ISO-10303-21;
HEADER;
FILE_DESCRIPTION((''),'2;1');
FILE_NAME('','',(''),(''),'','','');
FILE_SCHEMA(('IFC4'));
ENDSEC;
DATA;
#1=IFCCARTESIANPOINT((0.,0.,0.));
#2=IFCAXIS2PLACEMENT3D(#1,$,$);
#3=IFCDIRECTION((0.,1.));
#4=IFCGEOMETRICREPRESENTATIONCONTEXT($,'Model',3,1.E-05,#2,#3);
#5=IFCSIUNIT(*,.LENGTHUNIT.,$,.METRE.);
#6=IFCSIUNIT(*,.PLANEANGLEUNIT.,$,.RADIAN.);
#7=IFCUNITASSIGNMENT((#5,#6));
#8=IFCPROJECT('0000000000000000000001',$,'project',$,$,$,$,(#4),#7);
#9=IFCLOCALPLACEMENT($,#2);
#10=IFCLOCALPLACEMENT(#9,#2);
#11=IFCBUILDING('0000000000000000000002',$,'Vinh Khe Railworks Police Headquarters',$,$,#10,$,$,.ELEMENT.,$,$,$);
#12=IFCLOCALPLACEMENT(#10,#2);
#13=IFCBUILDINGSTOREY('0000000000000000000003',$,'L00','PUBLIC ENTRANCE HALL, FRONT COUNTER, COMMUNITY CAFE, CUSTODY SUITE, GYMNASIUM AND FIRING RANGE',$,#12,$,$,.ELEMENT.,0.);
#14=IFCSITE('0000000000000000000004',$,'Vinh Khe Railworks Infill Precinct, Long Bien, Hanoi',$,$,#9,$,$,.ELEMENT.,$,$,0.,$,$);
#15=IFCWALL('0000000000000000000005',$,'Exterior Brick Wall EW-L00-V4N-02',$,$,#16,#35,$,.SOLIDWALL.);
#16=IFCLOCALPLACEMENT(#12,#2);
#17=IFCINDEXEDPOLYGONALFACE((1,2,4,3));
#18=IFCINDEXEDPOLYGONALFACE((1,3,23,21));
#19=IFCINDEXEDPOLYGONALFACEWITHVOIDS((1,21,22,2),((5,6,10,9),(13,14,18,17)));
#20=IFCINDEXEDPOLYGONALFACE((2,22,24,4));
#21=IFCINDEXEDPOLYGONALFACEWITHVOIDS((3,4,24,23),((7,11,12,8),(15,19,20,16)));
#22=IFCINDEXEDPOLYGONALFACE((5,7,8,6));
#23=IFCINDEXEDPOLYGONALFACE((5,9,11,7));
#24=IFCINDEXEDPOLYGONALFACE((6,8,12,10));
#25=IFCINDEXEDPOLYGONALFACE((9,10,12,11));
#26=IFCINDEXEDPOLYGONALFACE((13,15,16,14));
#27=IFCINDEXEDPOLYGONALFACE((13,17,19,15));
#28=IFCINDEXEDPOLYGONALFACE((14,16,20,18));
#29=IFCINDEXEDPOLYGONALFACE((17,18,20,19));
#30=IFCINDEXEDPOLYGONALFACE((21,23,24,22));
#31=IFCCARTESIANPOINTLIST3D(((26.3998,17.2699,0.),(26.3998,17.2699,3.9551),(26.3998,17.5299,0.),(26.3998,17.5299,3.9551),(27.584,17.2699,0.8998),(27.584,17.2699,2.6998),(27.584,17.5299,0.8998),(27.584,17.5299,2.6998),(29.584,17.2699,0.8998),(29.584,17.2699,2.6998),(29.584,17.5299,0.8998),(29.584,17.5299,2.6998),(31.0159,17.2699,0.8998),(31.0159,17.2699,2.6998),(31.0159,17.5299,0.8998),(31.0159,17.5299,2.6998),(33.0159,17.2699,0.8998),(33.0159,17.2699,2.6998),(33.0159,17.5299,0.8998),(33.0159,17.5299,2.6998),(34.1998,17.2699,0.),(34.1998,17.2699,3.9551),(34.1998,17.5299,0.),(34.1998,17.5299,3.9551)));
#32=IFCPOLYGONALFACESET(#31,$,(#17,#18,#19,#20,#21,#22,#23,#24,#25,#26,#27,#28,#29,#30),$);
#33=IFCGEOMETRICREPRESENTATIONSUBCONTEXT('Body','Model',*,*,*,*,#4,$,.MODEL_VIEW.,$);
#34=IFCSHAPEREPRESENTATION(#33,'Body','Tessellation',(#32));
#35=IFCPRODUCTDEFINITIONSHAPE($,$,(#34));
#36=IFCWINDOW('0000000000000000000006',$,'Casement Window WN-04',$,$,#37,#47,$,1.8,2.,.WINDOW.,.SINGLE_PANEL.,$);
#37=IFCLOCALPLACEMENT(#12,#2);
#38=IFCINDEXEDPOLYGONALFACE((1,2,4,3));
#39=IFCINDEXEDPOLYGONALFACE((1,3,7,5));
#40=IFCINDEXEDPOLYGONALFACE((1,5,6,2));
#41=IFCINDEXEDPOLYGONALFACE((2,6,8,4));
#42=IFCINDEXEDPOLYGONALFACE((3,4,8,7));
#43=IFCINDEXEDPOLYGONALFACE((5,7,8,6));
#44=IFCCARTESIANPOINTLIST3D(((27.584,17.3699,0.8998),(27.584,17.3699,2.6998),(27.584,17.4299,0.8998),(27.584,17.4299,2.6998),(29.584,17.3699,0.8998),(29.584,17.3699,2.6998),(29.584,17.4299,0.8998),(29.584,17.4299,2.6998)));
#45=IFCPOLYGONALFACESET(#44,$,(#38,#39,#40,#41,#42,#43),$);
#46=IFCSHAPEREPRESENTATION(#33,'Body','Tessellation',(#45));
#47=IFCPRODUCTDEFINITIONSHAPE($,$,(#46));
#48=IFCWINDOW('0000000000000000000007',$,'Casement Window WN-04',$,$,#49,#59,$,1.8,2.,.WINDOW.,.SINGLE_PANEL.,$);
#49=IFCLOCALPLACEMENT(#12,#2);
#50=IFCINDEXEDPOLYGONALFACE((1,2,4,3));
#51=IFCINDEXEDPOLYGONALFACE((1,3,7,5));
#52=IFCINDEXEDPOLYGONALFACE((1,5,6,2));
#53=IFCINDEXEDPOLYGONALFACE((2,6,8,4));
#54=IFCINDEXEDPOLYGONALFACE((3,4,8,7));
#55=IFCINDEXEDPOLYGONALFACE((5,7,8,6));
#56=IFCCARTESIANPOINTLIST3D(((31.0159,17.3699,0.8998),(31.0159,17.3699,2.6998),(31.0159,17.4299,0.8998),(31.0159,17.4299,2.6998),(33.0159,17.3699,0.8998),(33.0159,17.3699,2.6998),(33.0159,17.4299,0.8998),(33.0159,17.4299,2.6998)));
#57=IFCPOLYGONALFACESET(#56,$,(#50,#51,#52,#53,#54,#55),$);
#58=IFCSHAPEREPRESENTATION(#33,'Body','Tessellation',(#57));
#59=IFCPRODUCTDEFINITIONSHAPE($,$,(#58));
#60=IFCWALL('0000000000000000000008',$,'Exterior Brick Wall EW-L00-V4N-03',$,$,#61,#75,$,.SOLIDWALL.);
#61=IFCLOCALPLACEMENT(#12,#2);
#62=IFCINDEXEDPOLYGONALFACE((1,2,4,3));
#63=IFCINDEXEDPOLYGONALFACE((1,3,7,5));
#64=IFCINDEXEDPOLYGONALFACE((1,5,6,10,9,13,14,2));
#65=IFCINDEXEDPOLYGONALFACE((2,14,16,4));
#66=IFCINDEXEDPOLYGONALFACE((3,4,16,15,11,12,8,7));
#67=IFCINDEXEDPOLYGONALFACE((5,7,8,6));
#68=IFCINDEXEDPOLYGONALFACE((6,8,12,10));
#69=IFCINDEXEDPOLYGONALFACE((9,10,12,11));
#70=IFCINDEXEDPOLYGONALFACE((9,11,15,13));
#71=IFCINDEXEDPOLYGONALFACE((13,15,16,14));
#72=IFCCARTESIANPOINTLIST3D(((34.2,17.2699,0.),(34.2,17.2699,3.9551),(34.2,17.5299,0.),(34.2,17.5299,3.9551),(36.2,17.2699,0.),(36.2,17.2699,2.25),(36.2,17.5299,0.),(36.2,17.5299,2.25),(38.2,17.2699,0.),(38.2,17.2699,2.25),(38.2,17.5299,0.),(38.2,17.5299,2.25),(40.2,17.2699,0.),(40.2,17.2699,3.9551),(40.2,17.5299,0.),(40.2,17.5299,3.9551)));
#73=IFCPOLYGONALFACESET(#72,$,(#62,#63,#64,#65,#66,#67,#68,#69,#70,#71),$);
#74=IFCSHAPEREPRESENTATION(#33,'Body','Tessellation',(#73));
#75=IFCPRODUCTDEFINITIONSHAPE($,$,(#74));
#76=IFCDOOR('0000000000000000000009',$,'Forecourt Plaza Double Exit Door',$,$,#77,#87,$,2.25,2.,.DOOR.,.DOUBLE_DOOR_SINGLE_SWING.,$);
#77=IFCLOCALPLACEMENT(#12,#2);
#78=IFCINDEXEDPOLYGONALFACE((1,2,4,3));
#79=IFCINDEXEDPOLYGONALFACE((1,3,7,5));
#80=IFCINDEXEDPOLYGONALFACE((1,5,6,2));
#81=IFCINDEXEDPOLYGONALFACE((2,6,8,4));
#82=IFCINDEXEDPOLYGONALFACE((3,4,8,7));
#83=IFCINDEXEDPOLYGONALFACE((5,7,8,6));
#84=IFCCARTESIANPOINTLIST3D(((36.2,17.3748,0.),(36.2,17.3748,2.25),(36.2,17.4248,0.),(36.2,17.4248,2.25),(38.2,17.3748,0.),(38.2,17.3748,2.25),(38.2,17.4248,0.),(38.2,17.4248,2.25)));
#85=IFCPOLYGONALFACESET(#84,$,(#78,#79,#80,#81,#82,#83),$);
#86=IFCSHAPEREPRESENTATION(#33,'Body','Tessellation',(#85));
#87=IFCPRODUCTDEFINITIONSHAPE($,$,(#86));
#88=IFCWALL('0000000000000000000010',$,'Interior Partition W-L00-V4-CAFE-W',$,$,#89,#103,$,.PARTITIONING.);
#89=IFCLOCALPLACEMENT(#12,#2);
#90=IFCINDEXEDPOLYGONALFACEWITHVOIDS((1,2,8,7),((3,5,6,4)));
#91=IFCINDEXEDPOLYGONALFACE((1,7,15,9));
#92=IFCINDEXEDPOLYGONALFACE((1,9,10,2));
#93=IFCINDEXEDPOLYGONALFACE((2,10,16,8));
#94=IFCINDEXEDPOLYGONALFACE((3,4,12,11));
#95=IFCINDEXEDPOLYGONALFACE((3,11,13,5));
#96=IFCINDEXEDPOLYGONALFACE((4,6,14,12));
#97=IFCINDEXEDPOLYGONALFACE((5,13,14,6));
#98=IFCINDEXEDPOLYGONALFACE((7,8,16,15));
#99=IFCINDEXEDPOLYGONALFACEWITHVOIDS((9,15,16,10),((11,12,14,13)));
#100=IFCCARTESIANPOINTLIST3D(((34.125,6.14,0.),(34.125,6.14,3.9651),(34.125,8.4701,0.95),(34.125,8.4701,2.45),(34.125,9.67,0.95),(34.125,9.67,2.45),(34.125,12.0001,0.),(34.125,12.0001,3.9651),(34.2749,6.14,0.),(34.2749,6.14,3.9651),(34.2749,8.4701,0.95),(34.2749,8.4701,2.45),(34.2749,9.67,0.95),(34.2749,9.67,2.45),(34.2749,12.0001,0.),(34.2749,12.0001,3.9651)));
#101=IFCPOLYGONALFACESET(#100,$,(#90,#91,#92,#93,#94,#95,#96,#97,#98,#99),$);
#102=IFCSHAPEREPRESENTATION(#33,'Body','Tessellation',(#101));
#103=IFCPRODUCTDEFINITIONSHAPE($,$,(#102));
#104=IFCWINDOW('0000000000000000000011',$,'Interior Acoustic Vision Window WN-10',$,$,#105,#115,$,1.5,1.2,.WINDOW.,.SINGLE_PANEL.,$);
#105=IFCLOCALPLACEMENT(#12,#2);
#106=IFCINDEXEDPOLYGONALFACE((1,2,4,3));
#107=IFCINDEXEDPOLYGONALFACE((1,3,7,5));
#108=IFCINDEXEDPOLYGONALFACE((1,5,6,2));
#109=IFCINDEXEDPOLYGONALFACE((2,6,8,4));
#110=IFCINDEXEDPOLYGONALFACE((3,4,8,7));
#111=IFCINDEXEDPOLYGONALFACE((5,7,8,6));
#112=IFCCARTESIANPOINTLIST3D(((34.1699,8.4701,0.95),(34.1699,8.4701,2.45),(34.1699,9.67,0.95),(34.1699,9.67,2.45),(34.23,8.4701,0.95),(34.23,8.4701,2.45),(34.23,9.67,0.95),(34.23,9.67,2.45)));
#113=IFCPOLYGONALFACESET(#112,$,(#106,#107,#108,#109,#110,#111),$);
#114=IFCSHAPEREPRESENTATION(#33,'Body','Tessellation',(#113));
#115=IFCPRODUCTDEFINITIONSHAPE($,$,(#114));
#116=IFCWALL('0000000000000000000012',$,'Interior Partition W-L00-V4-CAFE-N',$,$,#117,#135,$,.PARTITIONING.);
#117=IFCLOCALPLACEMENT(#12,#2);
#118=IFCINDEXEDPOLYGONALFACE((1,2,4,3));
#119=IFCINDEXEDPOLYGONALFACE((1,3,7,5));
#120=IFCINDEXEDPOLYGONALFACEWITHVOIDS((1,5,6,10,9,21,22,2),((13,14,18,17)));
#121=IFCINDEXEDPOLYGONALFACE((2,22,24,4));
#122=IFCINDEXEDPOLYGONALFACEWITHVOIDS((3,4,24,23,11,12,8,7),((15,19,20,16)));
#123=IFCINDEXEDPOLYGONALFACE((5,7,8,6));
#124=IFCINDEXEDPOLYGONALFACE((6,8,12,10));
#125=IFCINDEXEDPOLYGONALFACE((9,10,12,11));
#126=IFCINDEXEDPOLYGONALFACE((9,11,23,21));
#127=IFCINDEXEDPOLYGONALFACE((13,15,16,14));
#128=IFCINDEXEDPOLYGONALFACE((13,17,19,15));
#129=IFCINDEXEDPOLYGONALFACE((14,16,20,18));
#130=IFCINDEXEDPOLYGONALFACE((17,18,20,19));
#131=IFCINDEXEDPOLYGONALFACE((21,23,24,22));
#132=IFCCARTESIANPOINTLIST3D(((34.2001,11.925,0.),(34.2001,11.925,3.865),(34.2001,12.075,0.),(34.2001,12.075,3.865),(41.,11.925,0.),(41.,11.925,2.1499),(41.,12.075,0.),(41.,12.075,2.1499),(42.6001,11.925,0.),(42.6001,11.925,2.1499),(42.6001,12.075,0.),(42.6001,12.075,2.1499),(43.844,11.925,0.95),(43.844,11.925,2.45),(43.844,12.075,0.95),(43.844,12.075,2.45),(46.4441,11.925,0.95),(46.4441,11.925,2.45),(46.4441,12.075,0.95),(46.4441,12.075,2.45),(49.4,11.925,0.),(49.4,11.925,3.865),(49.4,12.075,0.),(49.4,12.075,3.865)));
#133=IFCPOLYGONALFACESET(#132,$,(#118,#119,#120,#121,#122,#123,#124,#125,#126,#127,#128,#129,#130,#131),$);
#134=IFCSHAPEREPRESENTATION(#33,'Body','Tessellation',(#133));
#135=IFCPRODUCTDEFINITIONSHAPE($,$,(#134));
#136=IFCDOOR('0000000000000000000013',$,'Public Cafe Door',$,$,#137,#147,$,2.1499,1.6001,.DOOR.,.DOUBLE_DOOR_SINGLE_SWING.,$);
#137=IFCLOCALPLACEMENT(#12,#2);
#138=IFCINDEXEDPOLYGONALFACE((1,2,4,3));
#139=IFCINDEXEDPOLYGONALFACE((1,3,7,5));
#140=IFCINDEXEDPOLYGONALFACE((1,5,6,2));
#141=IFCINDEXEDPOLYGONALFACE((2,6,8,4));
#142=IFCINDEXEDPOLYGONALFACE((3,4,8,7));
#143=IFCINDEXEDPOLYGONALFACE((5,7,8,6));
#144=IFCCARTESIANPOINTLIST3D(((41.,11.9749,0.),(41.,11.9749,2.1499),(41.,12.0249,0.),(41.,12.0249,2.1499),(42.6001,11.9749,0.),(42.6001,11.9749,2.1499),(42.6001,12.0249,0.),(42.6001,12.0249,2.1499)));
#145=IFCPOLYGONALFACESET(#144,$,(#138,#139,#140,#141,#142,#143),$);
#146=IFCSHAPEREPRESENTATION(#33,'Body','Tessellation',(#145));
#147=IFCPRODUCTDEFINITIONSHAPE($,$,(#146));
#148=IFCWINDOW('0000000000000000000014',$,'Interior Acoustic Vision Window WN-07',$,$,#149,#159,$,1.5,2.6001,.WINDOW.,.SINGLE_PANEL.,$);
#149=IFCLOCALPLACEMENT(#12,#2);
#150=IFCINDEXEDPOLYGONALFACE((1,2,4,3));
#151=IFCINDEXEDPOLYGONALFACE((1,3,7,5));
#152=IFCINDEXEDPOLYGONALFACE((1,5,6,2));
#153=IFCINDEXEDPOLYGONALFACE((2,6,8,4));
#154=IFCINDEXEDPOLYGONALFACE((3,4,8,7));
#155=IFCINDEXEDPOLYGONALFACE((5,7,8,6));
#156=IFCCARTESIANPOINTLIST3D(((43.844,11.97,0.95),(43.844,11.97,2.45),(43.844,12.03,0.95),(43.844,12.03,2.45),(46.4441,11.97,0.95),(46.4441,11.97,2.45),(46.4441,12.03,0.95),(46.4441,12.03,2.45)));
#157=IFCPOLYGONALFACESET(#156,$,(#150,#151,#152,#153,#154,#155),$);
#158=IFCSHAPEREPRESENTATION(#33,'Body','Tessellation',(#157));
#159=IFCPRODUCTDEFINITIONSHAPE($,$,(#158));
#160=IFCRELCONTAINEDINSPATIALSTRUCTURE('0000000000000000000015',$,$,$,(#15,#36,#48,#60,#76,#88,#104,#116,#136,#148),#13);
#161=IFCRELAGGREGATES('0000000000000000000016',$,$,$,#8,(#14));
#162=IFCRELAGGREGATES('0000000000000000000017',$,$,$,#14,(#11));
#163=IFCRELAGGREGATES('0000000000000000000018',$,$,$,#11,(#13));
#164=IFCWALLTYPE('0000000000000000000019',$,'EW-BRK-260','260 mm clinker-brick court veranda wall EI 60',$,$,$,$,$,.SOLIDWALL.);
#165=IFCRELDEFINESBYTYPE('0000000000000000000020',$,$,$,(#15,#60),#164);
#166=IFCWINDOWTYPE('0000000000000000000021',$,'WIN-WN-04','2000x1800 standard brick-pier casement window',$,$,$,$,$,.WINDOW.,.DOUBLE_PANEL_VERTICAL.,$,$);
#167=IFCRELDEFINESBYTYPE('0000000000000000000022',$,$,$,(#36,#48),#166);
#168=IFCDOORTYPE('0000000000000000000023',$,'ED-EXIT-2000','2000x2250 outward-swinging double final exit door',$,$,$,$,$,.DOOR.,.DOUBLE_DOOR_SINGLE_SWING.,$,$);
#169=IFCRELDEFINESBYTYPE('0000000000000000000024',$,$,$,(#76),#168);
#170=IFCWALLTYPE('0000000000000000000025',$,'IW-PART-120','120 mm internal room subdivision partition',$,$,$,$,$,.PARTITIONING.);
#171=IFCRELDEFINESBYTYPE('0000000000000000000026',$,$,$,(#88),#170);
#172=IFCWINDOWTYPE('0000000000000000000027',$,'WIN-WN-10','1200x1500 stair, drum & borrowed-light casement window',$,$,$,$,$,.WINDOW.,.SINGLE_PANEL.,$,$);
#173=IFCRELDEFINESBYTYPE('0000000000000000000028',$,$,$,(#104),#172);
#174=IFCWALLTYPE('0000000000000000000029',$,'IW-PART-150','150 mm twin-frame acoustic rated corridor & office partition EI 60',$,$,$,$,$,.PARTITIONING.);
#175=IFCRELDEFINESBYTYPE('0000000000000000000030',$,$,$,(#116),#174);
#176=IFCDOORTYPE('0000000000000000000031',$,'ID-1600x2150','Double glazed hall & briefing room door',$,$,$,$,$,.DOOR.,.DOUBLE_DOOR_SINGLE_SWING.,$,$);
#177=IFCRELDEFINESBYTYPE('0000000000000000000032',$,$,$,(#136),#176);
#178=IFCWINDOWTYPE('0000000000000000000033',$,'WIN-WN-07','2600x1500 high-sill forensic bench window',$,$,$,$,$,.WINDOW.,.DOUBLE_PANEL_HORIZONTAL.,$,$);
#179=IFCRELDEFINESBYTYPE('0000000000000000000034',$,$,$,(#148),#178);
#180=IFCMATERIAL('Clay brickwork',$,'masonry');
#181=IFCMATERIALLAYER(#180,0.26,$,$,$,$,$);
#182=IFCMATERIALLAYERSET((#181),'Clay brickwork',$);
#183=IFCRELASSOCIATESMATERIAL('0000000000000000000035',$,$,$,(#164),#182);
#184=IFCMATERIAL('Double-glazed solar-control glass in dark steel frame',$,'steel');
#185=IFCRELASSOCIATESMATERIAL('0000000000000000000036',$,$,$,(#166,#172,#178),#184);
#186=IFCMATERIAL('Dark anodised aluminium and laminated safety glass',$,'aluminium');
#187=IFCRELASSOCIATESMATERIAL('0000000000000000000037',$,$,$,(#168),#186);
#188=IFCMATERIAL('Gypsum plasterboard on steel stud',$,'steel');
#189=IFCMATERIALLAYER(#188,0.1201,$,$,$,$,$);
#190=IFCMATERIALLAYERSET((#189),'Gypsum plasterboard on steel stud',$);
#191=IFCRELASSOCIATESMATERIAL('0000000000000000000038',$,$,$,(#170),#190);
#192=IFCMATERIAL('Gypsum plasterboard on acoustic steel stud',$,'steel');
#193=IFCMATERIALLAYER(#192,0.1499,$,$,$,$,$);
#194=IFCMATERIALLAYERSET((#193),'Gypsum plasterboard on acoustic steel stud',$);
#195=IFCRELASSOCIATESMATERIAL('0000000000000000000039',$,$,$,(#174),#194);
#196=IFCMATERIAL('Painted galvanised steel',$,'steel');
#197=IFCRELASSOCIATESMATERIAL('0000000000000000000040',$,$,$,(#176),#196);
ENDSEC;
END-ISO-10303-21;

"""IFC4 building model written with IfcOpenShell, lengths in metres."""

from ifc_helpers import new_model, si_unit, direction, frame, frame_2d, origin, place, context, subcontext, project, spatial, rectangle, extrude, material, layer, layer_set, type_object, element, fill, save


model = new_model("IFC4")

# Units and contexts
model_context = context("Model", 3, precision=1e-05, world=origin(), true_north=direction((0.0, 1.0)))
body_context = subcontext(model_context, "Body", "Model", "MODEL_VIEW")
ifc_project = project(units=[si_unit("LENGTHUNIT", "METRE"), si_unit("PLANEANGLEUNIT", "RADIAN")], contexts=[model_context])

# Site, building, storey
site_placement = place(None, origin())
site = spatial("IfcSite", under=ifc_project, at=site_placement, Name="Vinh Khe Railworks Infill Precinct, Long Bien, Hanoi", CompositionType="ELEMENT", RefElevation=0.0)
building_placement = place(site_placement, origin())
building = spatial("IfcBuilding", under=site, at=building_placement, Name="Vinh Khe Railworks Police Headquarters", CompositionType="ELEMENT")
storey_placement = place(building_placement, origin())
storey = spatial("IfcBuildingStorey", under=building, at=storey_placement, Name="L00", Description="PUBLIC ENTRANCE HALL, FRONT COUNTER, COMMUNITY CAFE, CUSTODY SUITE, GYMNASIUM AND FIRING RANGE", CompositionType="ELEMENT", Elevation=0.0)

# Wall, openings, windows
ifc_material_1 = material(Name="Clay brickwork", Category="masonry")
ifc_layer_1 = layer(ifc_material_1, 0.26)
ifc_layer_set_1 = layer_set([ifc_layer_1], Name="Clay brickwork")
wall_type_1 = type_object("IfcWallType", Name="EW-BRK-260", Description="260 mm clinker-brick court veranda wall EI 60", PredefinedType="SOLIDWALL", material=ifc_layer_set_1)
wall_1_placement = place(storey_placement, frame((26.3999, 17.3999, 0.0), z_axis=(0.0, 0.0, 1.0), x_axis=(1.0, 0.0, 0.0)))
wall_1 = element("IfcWall", 1, at=wall_1_placement, inside=storey, type_object=wall_type_1, Name="Exterior Brick Wall EW-L00-V4N-02", PredefinedType="SOLIDWALL", context=body_context, shape_type="SweptSolid", body=[
    extrude(rectangle(XDim=7.8, YDim=0.26, at=frame_2d((3.8999, 0.0))), origin(), (0.0, 0.0, 1.0), 3.9551),
])
opening_1_placement = place(wall_1_placement, frame((1.1841, 0.0, 0.8999)))
opening_1 = element("IfcOpeningElement", 2, at=opening_1_placement, cuts=wall_1, PredefinedType="OPENING", context=body_context, shape_type="SweptSolid", body=[
    extrude(rectangle(XDim=2.0, YDim=1.8, at=frame_2d((1.0, 0.8999))), frame((0.0, 0.145, 0.0), z_axis=(0.0, -1.0, 0.0), x_axis=(1.0, 0.0, 0.0)), (0.0, 0.0, 1.0), 0.2898),
])
opening_2_placement = place(wall_1_placement, frame((4.616, 0.0, 0.8999)))
opening_2 = element("IfcOpeningElement", 3, at=opening_2_placement, cuts=wall_1, PredefinedType="OPENING", context=body_context, shape_type="SweptSolid", body=[
    extrude(rectangle(XDim=2.0, YDim=1.8, at=frame_2d((1.0, 0.8999))), frame((0.0, 0.145, 0.0), z_axis=(0.0, -1.0, 0.0), x_axis=(1.0, 0.0, 0.0)), (0.0, 0.0, 1.0), 0.2898),
])
ifc_material_2 = material(Name="Double-glazed solar-control glass in dark steel frame", Category="steel")
window_type_1 = type_object("IfcWindowType", Name="WIN-WN-04", Description="2000x1800 standard brick-pier casement window", PartitioningType="DOUBLE_PANEL_VERTICAL", PredefinedType="WINDOW", material=ifc_material_2)
window_1_placement = place(opening_1_placement, origin())
window_1 = element("IfcWindow", 4, at=window_1_placement, inside=storey, type_object=window_type_1, Name="Casement Window WN-04", OverallHeight=1.8, OverallWidth=2.0, PartitioningType="SINGLE_PANEL", PredefinedType="WINDOW", context=body_context, shape_type="SweptSolid", body=[
    extrude(rectangle(XDim=2.0, YDim=1.8, at=frame_2d((1.0, 0.8999))), frame((0.0, 0.03, 0.0), z_axis=(0.0, -1.0, 0.0), x_axis=(1.0, 0.0, 0.0)), (0.0, 0.0, 1.0), 0.0601),
])
fill(opening_1, window_1)
window_2_placement = place(opening_2_placement, origin())
window_2 = element("IfcWindow", 5, at=window_2_placement, inside=storey, type_object=window_type_1, Name="Casement Window WN-04", OverallHeight=1.8, OverallWidth=2.0, PartitioningType="SINGLE_PANEL", PredefinedType="WINDOW", context=body_context, shape_type="SweptSolid", body=[
    extrude(rectangle(XDim=2.0, YDim=1.8, at=frame_2d((1.0, 0.8999))), frame((0.0, 0.03, 0.0), z_axis=(0.0, -1.0, 0.0), x_axis=(1.0, 0.0, 0.0)), (0.0, 0.0, 1.0), 0.0601),
])
fill(opening_2, window_2)

# Wall, opening, door
wall_2_placement = place(storey_placement, frame((34.2, 17.3999, 0.0), z_axis=(0.0, 0.0, 1.0), x_axis=(1.0, 0.0, 0.0)))
wall_2 = element("IfcWall", 6, at=wall_2_placement, inside=storey, type_object=wall_type_1, Name="Exterior Brick Wall EW-L00-V4N-03", PredefinedType="SOLIDWALL", context=body_context, shape_type="SweptSolid", body=[
    extrude(rectangle(XDim=6.0, YDim=0.26, at=frame_2d((3.0, 0.0))), origin(), (0.0, 0.0, 1.0), 3.9551),
])
opening_3_placement = place(wall_2_placement, frame((2.0, 0.0, 0.0)))
opening_3 = element("IfcOpeningElement", 7, at=opening_3_placement, cuts=wall_2, PredefinedType="OPENING", context=body_context, shape_type="SweptSolid", body=[
    extrude(rectangle(XDim=2.0, YDim=2.25, at=frame_2d((1.0, 1.125))), frame((0.0, 0.145, 0.0), z_axis=(0.0, -1.0, 0.0), x_axis=(1.0, 0.0, 0.0)), (0.0, 0.0, 1.0), 0.2898),
])
ifc_material_3 = material(Name="Dark anodised aluminium and laminated safety glass", Category="aluminium")
door_type_1 = type_object("IfcDoorType", Name="ED-EXIT-2000", Description="2000x2250 outward-swinging double final exit door", OperationType="DOUBLE_DOOR_SINGLE_SWING", PredefinedType="DOOR", material=ifc_material_3)
door_1_placement = place(opening_3_placement, origin())
door_1 = element("IfcDoor", 8, at=door_1_placement, inside=storey, type_object=door_type_1, Name="Forecourt Plaza Double Exit Door", OperationType="DOUBLE_DOOR_SINGLE_SWING", OverallHeight=2.25, OverallWidth=2.0, PredefinedType="DOOR", context=body_context, shape_type="SweptSolid", body=[
    extrude(rectangle(XDim=2.0, YDim=2.25, at=frame_2d((1.0, 1.125))), frame((0.0, 0.0249, 0.0), z_axis=(0.0, -1.0, 0.0), x_axis=(1.0, 0.0, 0.0)), (0.0, 0.0, 1.0), 0.05),
])
fill(opening_3, door_1)

# Wall, opening, window
ifc_material_4 = material(Name="Gypsum plasterboard on steel stud", Category="steel")
ifc_layer_2 = layer(ifc_material_4, 0.1201)
ifc_layer_set_2 = layer_set([ifc_layer_2], Name="Gypsum plasterboard on steel stud")
wall_type_2 = type_object("IfcWallType", Name="IW-PART-120", Description="120 mm internal room subdivision partition", PredefinedType="PARTITIONING", material=ifc_layer_set_2)
wall_3_placement = place(storey_placement, frame((34.2, 6.1399, 0.0), z_axis=(0.0, 0.0, 1.0), x_axis=(0.0, 1.0, 0.0)))
wall_3 = element("IfcWall", 9, at=wall_3_placement, inside=storey, type_object=wall_type_2, Name="Interior Partition W-L00-V4-CAFE-W", PredefinedType="PARTITIONING", context=body_context, shape_type="SweptSolid", body=[
    extrude(rectangle(XDim=5.8601, YDim=0.1499, at=frame_2d((2.9302, 0.0))), origin(), (0.0, 0.0, 1.0), 3.9651),
])
opening_4_placement = place(wall_3_placement, frame((2.3301, 0.0, 0.95)))
opening_4 = element("IfcOpeningElement", 10, at=opening_4_placement, cuts=wall_3, PredefinedType="OPENING", context=body_context, shape_type="SweptSolid", body=[
    extrude(rectangle(XDim=1.2, YDim=1.5, at=frame_2d((0.6001, 0.75))), frame((0.0, 0.0898, 0.0), z_axis=(0.0, -1.0, 0.0), x_axis=(1.0, 0.0, 0.0)), (0.0, 0.0, 1.0), 0.1797),
])
window_type_2 = type_object("IfcWindowType", Name="WIN-WN-10", Description="1200x1500 stair, drum & borrowed-light casement window", PartitioningType="SINGLE_PANEL", PredefinedType="WINDOW", material=ifc_material_2)
window_3_placement = place(opening_4_placement, origin())
window_3 = element("IfcWindow", 11, at=window_3_placement, inside=storey, type_object=window_type_2, Name="Interior Acoustic Vision Window WN-10", OverallHeight=1.5, OverallWidth=1.2, PartitioningType="SINGLE_PANEL", PredefinedType="WINDOW", context=body_context, shape_type="SweptSolid", body=[
    extrude(rectangle(XDim=1.2, YDim=1.5, at=frame_2d((0.6001, 0.75))), frame((0.0, 0.03, 0.0), z_axis=(0.0, -1.0, 0.0), x_axis=(1.0, 0.0, 0.0)), (0.0, 0.0, 1.0), 0.0601),
])
fill(opening_4, window_3)

# Wall, openings, door, window
ifc_material_5 = material(Name="Gypsum plasterboard on acoustic steel stud", Category="steel")
ifc_layer_3 = layer(ifc_material_5, 0.1499)
ifc_layer_set_3 = layer_set([ifc_layer_3], Name="Gypsum plasterboard on acoustic steel stud")
wall_type_3 = type_object("IfcWallType", Name="IW-PART-150", Description="150 mm twin-frame acoustic rated corridor & office partition EI 60", PredefinedType="PARTITIONING", material=ifc_layer_set_3)
wall_4_placement = place(storey_placement, frame((34.2, 12.0, 0.0), z_axis=(0.0, 0.0, 1.0), x_axis=(1.0, 0.0, 0.0)))
wall_4 = element("IfcWall", 12, at=wall_4_placement, inside=storey, type_object=wall_type_3, Name="Interior Partition W-L00-V4-CAFE-N", PredefinedType="PARTITIONING", context=body_context, shape_type="SweptSolid", body=[
    extrude(rectangle(XDim=15.2, YDim=0.1499, at=frame_2d((7.6001, 0.0))), origin(), (0.0, 0.0, 1.0), 3.865),
])
opening_5_placement = place(wall_4_placement, frame((6.8, 0.0, 0.0)))
opening_5 = element("IfcOpeningElement", 13, at=opening_5_placement, cuts=wall_4, PredefinedType="OPENING", context=body_context, shape_type="SweptSolid", body=[
    extrude(rectangle(XDim=1.6001, YDim=2.1499, at=frame_2d((0.8, 1.075))), frame((0.0, 0.0898, 0.0), z_axis=(0.0, -1.0, 0.0), x_axis=(1.0, 0.0, 0.0)), (0.0, 0.0, 1.0), 0.1797),
])
opening_6_placement = place(wall_4_placement, frame((9.644, 0.0, 0.95)))
opening_6 = element("IfcOpeningElement", 14, at=opening_6_placement, cuts=wall_4, PredefinedType="OPENING", context=body_context, shape_type="SweptSolid", body=[
    extrude(rectangle(XDim=2.6001, YDim=1.5, at=frame_2d((1.3, 0.75))), frame((0.0, 0.0898, 0.0), z_axis=(0.0, -1.0, 0.0), x_axis=(1.0, 0.0, 0.0)), (0.0, 0.0, 1.0), 0.1797),
])
ifc_material_6 = material(Name="Painted galvanised steel", Category="steel")
door_type_2 = type_object("IfcDoorType", Name="ID-1600x2150", Description="Double glazed hall & briefing room door", OperationType="DOUBLE_DOOR_SINGLE_SWING", PredefinedType="DOOR", material=ifc_material_6)
door_2_placement = place(opening_5_placement, origin())
door_2 = element("IfcDoor", 15, at=door_2_placement, inside=storey, type_object=door_type_2, Name="Public Cafe Door", OperationType="DOUBLE_DOOR_SINGLE_SWING", OverallHeight=2.1499, OverallWidth=1.6001, PredefinedType="DOOR", context=body_context, shape_type="SweptSolid", body=[
    extrude(rectangle(XDim=1.6001, YDim=2.1499, at=frame_2d((0.8, 1.075))), frame((0.0, 0.0249, 0.0), z_axis=(0.0, -1.0, 0.0), x_axis=(1.0, 0.0, 0.0)), (0.0, 0.0, 1.0), 0.05),
])
fill(opening_5, door_2)
window_type_3 = type_object("IfcWindowType", Name="WIN-WN-07", Description="2600x1500 high-sill forensic bench window", PartitioningType="DOUBLE_PANEL_HORIZONTAL", PredefinedType="WINDOW", material=ifc_material_2)
window_4_placement = place(opening_6_placement, origin())
window_4 = element("IfcWindow", 16, at=window_4_placement, inside=storey, type_object=window_type_3, Name="Interior Acoustic Vision Window WN-07", OverallHeight=1.5, OverallWidth=2.6001, PartitioningType="SINGLE_PANEL", PredefinedType="WINDOW", context=body_context, shape_type="SweptSolid", body=[
    extrude(rectangle(XDim=2.6001, YDim=1.5, at=frame_2d((1.3, 0.75))), frame((0.0, 0.03, 0.0), z_axis=(0.0, -1.0, 0.0), x_axis=(1.0, 0.0, 0.0)), (0.0, 0.0, 1.0), 0.0601),
])
fill(opening_6, window_4)

save(model, "model.ifc")
